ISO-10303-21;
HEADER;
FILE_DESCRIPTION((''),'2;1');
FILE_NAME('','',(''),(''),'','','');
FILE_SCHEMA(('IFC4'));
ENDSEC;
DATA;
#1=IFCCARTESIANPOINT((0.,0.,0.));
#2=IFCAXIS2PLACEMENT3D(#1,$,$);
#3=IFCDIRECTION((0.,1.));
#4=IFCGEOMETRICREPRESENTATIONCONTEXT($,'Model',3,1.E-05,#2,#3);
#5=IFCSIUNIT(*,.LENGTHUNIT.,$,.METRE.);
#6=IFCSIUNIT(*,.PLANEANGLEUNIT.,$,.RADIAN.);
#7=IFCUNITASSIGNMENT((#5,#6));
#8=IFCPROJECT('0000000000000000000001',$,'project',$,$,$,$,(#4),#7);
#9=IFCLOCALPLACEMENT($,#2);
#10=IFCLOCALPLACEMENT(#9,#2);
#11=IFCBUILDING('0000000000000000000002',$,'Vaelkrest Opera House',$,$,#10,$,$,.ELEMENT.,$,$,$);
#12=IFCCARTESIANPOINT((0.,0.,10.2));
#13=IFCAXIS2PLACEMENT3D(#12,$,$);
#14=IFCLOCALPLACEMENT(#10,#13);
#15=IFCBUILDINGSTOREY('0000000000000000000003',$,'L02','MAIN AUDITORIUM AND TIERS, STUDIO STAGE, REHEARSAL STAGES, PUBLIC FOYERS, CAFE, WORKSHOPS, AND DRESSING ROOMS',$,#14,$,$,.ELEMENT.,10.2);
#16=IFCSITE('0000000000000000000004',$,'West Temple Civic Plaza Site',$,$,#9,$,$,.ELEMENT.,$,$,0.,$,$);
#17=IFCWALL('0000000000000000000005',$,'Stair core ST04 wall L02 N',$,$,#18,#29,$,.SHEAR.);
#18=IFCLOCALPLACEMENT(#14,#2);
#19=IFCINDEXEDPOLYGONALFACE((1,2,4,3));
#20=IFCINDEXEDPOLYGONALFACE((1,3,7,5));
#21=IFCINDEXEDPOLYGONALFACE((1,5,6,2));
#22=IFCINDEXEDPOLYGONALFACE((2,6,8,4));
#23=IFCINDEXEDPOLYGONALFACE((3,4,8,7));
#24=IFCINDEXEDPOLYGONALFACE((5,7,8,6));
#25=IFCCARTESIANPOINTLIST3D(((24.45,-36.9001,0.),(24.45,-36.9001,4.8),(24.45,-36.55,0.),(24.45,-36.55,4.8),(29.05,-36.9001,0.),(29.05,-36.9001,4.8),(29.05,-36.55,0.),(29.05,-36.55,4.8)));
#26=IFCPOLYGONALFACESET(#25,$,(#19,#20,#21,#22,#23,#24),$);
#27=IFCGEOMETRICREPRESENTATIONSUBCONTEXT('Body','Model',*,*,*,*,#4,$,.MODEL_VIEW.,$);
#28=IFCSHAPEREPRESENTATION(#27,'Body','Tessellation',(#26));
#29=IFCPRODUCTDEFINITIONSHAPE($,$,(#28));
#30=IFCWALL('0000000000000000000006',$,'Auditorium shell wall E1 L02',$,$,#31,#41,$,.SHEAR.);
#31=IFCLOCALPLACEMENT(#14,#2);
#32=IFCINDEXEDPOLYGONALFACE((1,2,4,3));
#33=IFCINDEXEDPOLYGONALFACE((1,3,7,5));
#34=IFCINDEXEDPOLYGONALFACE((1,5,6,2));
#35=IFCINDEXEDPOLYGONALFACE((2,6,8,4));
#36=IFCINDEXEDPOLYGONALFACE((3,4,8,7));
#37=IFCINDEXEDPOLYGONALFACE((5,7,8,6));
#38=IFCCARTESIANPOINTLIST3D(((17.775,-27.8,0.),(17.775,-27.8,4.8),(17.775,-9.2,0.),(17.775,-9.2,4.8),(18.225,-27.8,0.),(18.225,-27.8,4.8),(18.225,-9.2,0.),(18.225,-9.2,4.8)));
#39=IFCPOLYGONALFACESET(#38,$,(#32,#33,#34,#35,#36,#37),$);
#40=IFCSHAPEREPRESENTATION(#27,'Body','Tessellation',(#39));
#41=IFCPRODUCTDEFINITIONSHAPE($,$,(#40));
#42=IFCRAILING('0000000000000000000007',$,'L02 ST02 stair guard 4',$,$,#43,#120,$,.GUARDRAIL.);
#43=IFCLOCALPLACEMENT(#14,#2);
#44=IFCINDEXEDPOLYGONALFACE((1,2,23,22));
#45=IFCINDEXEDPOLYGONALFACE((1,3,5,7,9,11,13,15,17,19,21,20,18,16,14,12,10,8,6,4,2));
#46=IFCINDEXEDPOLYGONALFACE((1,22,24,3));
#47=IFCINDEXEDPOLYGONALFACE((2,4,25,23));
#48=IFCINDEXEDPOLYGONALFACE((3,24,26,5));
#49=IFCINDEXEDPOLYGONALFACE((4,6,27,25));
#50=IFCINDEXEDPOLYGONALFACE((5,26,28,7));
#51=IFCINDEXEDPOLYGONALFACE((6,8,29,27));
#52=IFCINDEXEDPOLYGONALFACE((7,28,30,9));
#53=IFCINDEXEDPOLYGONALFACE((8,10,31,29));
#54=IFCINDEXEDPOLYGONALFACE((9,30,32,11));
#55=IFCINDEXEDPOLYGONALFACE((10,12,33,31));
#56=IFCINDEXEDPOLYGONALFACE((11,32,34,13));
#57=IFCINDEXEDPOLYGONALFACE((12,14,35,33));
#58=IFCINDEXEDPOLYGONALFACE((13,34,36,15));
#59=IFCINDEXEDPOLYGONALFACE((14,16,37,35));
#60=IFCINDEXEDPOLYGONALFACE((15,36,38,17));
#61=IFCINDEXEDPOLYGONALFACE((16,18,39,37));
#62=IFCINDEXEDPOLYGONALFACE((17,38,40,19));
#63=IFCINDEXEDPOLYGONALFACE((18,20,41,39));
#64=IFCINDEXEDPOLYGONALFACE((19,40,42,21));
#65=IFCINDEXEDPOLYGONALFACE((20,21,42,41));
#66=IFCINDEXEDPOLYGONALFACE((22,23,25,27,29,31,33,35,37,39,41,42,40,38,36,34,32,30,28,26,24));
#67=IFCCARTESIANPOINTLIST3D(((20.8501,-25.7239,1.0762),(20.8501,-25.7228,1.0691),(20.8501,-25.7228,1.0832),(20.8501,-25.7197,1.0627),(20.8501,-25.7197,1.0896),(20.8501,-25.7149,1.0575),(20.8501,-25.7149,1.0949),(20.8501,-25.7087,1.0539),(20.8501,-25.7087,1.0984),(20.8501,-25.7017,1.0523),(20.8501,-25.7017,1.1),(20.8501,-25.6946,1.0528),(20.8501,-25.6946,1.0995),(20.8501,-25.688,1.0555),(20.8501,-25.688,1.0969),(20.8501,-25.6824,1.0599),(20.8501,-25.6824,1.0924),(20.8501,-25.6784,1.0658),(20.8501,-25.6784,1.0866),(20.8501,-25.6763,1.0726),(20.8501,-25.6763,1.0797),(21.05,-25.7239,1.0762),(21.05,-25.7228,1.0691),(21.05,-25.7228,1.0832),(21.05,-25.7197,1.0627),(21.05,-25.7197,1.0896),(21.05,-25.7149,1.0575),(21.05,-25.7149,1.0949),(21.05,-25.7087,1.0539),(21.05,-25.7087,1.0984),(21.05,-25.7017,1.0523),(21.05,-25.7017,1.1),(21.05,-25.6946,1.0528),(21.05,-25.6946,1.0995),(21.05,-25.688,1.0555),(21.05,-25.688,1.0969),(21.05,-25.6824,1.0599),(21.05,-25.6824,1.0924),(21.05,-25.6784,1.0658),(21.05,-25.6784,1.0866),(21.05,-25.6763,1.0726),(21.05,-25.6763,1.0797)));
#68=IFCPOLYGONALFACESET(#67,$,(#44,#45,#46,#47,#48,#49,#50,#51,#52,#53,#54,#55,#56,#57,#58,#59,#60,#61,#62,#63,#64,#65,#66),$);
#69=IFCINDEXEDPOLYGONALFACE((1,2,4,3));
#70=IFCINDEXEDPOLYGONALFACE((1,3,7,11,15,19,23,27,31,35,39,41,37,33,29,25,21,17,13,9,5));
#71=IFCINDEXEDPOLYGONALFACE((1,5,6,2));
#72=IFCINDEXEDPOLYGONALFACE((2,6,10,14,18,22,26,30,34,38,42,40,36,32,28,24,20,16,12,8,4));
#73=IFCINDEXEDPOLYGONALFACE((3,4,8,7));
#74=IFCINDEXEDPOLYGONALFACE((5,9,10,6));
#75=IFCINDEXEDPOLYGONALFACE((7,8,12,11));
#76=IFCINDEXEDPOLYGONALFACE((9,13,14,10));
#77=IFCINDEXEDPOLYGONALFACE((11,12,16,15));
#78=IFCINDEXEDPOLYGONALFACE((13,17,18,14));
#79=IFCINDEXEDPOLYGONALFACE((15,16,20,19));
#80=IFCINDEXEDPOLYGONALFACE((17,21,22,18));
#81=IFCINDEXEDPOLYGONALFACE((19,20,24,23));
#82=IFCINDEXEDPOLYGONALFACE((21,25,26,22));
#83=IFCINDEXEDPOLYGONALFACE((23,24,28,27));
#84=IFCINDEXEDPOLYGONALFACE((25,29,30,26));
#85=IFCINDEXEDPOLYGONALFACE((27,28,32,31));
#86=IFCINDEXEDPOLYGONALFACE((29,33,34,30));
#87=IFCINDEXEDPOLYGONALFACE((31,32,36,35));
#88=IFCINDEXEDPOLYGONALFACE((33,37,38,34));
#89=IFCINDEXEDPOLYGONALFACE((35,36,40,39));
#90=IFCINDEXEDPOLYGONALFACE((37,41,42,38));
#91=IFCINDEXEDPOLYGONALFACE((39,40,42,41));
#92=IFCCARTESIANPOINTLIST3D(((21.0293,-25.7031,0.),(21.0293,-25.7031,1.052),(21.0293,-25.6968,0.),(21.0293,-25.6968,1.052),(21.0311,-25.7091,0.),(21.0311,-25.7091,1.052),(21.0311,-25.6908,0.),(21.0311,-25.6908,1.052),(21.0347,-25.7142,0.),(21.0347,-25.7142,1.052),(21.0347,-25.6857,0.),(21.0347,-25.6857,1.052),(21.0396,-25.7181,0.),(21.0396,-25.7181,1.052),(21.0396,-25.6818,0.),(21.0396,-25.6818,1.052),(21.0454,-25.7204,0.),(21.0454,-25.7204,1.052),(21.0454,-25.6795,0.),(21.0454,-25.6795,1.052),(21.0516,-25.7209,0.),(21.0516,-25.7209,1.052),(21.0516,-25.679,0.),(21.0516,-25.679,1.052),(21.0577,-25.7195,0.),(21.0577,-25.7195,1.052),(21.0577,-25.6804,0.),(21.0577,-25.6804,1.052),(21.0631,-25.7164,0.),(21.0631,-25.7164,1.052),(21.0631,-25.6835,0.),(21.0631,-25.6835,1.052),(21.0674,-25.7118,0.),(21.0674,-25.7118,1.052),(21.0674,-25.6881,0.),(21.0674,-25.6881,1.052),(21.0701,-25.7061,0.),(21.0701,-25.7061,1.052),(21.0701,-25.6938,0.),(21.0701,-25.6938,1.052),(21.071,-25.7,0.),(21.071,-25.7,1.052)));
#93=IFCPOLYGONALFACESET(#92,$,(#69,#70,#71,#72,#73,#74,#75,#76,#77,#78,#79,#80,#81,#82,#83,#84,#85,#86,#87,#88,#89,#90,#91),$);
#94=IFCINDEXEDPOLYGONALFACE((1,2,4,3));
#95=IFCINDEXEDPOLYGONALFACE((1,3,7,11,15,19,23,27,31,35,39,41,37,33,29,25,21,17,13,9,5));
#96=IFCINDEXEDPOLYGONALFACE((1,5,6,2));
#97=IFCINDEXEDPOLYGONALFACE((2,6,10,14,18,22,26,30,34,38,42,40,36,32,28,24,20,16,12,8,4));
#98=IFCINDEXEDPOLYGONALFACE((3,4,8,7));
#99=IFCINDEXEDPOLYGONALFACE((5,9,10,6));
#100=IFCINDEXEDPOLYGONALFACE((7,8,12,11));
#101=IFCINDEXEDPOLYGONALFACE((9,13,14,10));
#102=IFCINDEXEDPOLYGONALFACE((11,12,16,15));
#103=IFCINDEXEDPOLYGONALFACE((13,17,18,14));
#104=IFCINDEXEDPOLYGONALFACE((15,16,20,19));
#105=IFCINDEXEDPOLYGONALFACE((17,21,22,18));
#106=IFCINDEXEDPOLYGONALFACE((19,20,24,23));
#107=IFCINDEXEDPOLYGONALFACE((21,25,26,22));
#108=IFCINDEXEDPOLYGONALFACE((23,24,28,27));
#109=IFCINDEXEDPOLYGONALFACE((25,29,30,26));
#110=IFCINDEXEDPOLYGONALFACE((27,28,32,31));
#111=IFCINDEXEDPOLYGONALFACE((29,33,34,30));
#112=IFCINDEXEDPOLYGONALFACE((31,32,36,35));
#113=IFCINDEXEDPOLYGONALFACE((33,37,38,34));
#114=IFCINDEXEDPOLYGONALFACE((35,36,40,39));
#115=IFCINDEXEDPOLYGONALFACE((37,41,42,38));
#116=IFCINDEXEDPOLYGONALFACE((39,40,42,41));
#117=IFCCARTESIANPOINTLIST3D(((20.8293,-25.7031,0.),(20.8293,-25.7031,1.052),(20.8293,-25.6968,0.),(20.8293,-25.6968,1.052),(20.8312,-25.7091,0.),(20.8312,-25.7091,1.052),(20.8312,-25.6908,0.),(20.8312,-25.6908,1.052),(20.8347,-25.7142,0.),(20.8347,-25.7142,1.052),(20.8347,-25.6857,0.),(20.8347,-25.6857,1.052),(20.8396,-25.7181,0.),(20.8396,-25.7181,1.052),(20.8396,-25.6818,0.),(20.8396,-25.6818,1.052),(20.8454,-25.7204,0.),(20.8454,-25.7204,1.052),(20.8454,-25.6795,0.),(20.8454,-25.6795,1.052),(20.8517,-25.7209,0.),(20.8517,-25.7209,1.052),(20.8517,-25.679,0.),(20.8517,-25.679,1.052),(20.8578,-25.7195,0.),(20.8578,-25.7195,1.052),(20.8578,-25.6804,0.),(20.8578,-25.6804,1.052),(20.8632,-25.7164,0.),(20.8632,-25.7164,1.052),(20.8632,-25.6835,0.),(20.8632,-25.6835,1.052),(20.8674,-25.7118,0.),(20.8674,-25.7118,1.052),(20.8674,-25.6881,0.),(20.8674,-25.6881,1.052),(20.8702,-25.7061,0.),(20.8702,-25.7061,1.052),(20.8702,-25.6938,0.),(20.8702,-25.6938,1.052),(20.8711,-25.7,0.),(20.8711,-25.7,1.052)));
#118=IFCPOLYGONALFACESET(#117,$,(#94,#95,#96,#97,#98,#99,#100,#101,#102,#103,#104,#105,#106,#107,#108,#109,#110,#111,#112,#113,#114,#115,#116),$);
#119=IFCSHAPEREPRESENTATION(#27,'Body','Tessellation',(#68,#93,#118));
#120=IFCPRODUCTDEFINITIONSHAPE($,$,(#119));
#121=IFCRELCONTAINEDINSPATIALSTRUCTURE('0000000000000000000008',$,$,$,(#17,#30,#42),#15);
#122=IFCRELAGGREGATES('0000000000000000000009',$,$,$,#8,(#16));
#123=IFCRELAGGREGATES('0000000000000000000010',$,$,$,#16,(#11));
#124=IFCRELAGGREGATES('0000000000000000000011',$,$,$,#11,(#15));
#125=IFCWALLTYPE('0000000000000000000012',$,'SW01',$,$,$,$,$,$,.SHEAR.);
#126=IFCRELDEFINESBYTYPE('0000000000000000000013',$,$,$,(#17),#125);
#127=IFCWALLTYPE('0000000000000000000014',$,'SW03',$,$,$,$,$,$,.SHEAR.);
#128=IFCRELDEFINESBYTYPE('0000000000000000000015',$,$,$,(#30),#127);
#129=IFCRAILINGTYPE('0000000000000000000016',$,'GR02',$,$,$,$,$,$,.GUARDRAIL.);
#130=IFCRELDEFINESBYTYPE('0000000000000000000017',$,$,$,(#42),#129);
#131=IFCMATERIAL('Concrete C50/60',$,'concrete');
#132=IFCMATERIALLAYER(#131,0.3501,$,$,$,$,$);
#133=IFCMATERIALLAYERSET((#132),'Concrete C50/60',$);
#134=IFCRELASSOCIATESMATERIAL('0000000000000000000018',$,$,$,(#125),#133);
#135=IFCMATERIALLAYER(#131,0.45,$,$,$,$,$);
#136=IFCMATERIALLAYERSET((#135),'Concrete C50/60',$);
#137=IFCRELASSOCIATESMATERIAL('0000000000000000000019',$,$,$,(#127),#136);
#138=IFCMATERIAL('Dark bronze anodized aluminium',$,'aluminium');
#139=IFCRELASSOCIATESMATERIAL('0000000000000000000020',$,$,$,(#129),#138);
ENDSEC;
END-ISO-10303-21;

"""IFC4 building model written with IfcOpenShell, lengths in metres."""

from ifc_helpers import new_model, si_unit, direction, frame, frame_2d, origin, origin_2d, place, context, subcontext, project, spatial, rectangle, circle, extrude, material, layer, layer_set, type_object, element, save


model = new_model("IFC4")

# Units and contexts
model_context = context("Model", 3, precision=1e-05, world=origin(), true_north=direction((0.0, 1.0)))
body_context = subcontext(model_context, "Body", "Model", "MODEL_VIEW")
ifc_project = project(units=[si_unit("LENGTHUNIT", "METRE"), si_unit("PLANEANGLEUNIT", "RADIAN")], contexts=[model_context])

# Site, building, storey
site_placement = place(None, origin())
site = spatial("IfcSite", under=ifc_project, at=site_placement, Name="West Temple Civic Plaza Site", CompositionType="ELEMENT", RefElevation=0.0)
building_placement = place(site_placement, origin())
building = spatial("IfcBuilding", under=site, at=building_placement, Name="Vaelkrest Opera House", CompositionType="ELEMENT")
storey_placement = place(building_placement, frame((0.0, 0.0, 10.2)))
storey = spatial("IfcBuildingStorey", under=building, at=storey_placement, Name="L02", Description="MAIN AUDITORIUM AND TIERS, STUDIO STAGE, REHEARSAL STAGES, PUBLIC FOYERS, CAFE, WORKSHOPS, AND DRESSING ROOMS", CompositionType="ELEMENT", Elevation=10.2)

# Shared definitions
ifc_material_1 = material(Name="Concrete C50/60", Category="concrete")

# Shared definitions
ifc_layer_1 = layer(ifc_material_1, 0.3501)
ifc_layer_set_1 = layer_set([ifc_layer_1], Name="Concrete C50/60")
wall_type_1 = type_object("IfcWallType", Name="SW01", PredefinedType="SHEAR", material=ifc_layer_set_1)

# Walls
wall_1_placement = place(storey_placement, frame((24.45, -36.7251, 0.0), z_axis=(0.0, 0.0, 1.0), x_axis=(1.0, 0.0, 0.0)))
element("IfcWall", 1, at=wall_1_placement, inside=storey, type_object=wall_type_1, Name="Stair core ST04 wall L02 N", PredefinedType="SHEAR", context=body_context, shape_type="SweptSolid", body=[
    extrude(rectangle(XDim=4.6001, YDim=0.3501, at=frame_2d((2.3, 0.0))), origin(), (0.0, 0.0, 1.0), 4.8),
])
ifc_layer_2 = layer(ifc_material_1, 0.45)
ifc_layer_set_2 = layer_set([ifc_layer_2], Name="Concrete C50/60")
wall_type_2 = type_object("IfcWallType", Name="SW03", PredefinedType="SHEAR", material=ifc_layer_set_2)
wall_2_placement = place(storey_placement, frame((18.0, -27.8, 0.0), z_axis=(0.0, 0.0, 1.0), x_axis=(0.0, 1.0, 0.0)))
element("IfcWall", 2, at=wall_2_placement, inside=storey, type_object=wall_type_2, Name="Auditorium shell wall E1 L02", PredefinedType="SHEAR", context=body_context, shape_type="SweptSolid", body=[
    extrude(rectangle(XDim=18.6001, YDim=0.45, at=frame_2d((9.3, 0.0))), origin(), (0.0, 0.0, 1.0), 4.8),
])

# Railing
ifc_material_2 = material(Name="Dark bronze anodized aluminium", Category="aluminium")
railing_type_1 = type_object("IfcRailingType", Name="GR02", PredefinedType="GUARDRAIL", material=ifc_material_2)
railing_1_placement = place(storey_placement, frame((21.05, -25.7, 0.0)))
element("IfcRailing", 3, at=railing_1_placement, inside=storey, type_object=railing_type_1, Name="L02 ST02 stair guard 4", PredefinedType="GUARDRAIL", context=body_context, shape_type="SweptSolid", body=[
    extrude(circle(Radius=0.0239, at=origin_2d()), frame((0.0, 0.0, 1.0762), z_axis=(-1.0, 0.0, 0.0), x_axis=(0.0, -1.0, 0.0)), (0.0, 0.0, 1.0), 0.2),
    extrude(circle(Radius=0.021, at=origin_2d()), origin(), (0.0, 0.0, 1.0), 1.052),
    extrude(circle(Radius=0.021, at=origin_2d()), frame((-0.2, 0.0, 0.0)), (0.0, 0.0, 1.0), 1.052),
])

save(model, "model.ifc")
